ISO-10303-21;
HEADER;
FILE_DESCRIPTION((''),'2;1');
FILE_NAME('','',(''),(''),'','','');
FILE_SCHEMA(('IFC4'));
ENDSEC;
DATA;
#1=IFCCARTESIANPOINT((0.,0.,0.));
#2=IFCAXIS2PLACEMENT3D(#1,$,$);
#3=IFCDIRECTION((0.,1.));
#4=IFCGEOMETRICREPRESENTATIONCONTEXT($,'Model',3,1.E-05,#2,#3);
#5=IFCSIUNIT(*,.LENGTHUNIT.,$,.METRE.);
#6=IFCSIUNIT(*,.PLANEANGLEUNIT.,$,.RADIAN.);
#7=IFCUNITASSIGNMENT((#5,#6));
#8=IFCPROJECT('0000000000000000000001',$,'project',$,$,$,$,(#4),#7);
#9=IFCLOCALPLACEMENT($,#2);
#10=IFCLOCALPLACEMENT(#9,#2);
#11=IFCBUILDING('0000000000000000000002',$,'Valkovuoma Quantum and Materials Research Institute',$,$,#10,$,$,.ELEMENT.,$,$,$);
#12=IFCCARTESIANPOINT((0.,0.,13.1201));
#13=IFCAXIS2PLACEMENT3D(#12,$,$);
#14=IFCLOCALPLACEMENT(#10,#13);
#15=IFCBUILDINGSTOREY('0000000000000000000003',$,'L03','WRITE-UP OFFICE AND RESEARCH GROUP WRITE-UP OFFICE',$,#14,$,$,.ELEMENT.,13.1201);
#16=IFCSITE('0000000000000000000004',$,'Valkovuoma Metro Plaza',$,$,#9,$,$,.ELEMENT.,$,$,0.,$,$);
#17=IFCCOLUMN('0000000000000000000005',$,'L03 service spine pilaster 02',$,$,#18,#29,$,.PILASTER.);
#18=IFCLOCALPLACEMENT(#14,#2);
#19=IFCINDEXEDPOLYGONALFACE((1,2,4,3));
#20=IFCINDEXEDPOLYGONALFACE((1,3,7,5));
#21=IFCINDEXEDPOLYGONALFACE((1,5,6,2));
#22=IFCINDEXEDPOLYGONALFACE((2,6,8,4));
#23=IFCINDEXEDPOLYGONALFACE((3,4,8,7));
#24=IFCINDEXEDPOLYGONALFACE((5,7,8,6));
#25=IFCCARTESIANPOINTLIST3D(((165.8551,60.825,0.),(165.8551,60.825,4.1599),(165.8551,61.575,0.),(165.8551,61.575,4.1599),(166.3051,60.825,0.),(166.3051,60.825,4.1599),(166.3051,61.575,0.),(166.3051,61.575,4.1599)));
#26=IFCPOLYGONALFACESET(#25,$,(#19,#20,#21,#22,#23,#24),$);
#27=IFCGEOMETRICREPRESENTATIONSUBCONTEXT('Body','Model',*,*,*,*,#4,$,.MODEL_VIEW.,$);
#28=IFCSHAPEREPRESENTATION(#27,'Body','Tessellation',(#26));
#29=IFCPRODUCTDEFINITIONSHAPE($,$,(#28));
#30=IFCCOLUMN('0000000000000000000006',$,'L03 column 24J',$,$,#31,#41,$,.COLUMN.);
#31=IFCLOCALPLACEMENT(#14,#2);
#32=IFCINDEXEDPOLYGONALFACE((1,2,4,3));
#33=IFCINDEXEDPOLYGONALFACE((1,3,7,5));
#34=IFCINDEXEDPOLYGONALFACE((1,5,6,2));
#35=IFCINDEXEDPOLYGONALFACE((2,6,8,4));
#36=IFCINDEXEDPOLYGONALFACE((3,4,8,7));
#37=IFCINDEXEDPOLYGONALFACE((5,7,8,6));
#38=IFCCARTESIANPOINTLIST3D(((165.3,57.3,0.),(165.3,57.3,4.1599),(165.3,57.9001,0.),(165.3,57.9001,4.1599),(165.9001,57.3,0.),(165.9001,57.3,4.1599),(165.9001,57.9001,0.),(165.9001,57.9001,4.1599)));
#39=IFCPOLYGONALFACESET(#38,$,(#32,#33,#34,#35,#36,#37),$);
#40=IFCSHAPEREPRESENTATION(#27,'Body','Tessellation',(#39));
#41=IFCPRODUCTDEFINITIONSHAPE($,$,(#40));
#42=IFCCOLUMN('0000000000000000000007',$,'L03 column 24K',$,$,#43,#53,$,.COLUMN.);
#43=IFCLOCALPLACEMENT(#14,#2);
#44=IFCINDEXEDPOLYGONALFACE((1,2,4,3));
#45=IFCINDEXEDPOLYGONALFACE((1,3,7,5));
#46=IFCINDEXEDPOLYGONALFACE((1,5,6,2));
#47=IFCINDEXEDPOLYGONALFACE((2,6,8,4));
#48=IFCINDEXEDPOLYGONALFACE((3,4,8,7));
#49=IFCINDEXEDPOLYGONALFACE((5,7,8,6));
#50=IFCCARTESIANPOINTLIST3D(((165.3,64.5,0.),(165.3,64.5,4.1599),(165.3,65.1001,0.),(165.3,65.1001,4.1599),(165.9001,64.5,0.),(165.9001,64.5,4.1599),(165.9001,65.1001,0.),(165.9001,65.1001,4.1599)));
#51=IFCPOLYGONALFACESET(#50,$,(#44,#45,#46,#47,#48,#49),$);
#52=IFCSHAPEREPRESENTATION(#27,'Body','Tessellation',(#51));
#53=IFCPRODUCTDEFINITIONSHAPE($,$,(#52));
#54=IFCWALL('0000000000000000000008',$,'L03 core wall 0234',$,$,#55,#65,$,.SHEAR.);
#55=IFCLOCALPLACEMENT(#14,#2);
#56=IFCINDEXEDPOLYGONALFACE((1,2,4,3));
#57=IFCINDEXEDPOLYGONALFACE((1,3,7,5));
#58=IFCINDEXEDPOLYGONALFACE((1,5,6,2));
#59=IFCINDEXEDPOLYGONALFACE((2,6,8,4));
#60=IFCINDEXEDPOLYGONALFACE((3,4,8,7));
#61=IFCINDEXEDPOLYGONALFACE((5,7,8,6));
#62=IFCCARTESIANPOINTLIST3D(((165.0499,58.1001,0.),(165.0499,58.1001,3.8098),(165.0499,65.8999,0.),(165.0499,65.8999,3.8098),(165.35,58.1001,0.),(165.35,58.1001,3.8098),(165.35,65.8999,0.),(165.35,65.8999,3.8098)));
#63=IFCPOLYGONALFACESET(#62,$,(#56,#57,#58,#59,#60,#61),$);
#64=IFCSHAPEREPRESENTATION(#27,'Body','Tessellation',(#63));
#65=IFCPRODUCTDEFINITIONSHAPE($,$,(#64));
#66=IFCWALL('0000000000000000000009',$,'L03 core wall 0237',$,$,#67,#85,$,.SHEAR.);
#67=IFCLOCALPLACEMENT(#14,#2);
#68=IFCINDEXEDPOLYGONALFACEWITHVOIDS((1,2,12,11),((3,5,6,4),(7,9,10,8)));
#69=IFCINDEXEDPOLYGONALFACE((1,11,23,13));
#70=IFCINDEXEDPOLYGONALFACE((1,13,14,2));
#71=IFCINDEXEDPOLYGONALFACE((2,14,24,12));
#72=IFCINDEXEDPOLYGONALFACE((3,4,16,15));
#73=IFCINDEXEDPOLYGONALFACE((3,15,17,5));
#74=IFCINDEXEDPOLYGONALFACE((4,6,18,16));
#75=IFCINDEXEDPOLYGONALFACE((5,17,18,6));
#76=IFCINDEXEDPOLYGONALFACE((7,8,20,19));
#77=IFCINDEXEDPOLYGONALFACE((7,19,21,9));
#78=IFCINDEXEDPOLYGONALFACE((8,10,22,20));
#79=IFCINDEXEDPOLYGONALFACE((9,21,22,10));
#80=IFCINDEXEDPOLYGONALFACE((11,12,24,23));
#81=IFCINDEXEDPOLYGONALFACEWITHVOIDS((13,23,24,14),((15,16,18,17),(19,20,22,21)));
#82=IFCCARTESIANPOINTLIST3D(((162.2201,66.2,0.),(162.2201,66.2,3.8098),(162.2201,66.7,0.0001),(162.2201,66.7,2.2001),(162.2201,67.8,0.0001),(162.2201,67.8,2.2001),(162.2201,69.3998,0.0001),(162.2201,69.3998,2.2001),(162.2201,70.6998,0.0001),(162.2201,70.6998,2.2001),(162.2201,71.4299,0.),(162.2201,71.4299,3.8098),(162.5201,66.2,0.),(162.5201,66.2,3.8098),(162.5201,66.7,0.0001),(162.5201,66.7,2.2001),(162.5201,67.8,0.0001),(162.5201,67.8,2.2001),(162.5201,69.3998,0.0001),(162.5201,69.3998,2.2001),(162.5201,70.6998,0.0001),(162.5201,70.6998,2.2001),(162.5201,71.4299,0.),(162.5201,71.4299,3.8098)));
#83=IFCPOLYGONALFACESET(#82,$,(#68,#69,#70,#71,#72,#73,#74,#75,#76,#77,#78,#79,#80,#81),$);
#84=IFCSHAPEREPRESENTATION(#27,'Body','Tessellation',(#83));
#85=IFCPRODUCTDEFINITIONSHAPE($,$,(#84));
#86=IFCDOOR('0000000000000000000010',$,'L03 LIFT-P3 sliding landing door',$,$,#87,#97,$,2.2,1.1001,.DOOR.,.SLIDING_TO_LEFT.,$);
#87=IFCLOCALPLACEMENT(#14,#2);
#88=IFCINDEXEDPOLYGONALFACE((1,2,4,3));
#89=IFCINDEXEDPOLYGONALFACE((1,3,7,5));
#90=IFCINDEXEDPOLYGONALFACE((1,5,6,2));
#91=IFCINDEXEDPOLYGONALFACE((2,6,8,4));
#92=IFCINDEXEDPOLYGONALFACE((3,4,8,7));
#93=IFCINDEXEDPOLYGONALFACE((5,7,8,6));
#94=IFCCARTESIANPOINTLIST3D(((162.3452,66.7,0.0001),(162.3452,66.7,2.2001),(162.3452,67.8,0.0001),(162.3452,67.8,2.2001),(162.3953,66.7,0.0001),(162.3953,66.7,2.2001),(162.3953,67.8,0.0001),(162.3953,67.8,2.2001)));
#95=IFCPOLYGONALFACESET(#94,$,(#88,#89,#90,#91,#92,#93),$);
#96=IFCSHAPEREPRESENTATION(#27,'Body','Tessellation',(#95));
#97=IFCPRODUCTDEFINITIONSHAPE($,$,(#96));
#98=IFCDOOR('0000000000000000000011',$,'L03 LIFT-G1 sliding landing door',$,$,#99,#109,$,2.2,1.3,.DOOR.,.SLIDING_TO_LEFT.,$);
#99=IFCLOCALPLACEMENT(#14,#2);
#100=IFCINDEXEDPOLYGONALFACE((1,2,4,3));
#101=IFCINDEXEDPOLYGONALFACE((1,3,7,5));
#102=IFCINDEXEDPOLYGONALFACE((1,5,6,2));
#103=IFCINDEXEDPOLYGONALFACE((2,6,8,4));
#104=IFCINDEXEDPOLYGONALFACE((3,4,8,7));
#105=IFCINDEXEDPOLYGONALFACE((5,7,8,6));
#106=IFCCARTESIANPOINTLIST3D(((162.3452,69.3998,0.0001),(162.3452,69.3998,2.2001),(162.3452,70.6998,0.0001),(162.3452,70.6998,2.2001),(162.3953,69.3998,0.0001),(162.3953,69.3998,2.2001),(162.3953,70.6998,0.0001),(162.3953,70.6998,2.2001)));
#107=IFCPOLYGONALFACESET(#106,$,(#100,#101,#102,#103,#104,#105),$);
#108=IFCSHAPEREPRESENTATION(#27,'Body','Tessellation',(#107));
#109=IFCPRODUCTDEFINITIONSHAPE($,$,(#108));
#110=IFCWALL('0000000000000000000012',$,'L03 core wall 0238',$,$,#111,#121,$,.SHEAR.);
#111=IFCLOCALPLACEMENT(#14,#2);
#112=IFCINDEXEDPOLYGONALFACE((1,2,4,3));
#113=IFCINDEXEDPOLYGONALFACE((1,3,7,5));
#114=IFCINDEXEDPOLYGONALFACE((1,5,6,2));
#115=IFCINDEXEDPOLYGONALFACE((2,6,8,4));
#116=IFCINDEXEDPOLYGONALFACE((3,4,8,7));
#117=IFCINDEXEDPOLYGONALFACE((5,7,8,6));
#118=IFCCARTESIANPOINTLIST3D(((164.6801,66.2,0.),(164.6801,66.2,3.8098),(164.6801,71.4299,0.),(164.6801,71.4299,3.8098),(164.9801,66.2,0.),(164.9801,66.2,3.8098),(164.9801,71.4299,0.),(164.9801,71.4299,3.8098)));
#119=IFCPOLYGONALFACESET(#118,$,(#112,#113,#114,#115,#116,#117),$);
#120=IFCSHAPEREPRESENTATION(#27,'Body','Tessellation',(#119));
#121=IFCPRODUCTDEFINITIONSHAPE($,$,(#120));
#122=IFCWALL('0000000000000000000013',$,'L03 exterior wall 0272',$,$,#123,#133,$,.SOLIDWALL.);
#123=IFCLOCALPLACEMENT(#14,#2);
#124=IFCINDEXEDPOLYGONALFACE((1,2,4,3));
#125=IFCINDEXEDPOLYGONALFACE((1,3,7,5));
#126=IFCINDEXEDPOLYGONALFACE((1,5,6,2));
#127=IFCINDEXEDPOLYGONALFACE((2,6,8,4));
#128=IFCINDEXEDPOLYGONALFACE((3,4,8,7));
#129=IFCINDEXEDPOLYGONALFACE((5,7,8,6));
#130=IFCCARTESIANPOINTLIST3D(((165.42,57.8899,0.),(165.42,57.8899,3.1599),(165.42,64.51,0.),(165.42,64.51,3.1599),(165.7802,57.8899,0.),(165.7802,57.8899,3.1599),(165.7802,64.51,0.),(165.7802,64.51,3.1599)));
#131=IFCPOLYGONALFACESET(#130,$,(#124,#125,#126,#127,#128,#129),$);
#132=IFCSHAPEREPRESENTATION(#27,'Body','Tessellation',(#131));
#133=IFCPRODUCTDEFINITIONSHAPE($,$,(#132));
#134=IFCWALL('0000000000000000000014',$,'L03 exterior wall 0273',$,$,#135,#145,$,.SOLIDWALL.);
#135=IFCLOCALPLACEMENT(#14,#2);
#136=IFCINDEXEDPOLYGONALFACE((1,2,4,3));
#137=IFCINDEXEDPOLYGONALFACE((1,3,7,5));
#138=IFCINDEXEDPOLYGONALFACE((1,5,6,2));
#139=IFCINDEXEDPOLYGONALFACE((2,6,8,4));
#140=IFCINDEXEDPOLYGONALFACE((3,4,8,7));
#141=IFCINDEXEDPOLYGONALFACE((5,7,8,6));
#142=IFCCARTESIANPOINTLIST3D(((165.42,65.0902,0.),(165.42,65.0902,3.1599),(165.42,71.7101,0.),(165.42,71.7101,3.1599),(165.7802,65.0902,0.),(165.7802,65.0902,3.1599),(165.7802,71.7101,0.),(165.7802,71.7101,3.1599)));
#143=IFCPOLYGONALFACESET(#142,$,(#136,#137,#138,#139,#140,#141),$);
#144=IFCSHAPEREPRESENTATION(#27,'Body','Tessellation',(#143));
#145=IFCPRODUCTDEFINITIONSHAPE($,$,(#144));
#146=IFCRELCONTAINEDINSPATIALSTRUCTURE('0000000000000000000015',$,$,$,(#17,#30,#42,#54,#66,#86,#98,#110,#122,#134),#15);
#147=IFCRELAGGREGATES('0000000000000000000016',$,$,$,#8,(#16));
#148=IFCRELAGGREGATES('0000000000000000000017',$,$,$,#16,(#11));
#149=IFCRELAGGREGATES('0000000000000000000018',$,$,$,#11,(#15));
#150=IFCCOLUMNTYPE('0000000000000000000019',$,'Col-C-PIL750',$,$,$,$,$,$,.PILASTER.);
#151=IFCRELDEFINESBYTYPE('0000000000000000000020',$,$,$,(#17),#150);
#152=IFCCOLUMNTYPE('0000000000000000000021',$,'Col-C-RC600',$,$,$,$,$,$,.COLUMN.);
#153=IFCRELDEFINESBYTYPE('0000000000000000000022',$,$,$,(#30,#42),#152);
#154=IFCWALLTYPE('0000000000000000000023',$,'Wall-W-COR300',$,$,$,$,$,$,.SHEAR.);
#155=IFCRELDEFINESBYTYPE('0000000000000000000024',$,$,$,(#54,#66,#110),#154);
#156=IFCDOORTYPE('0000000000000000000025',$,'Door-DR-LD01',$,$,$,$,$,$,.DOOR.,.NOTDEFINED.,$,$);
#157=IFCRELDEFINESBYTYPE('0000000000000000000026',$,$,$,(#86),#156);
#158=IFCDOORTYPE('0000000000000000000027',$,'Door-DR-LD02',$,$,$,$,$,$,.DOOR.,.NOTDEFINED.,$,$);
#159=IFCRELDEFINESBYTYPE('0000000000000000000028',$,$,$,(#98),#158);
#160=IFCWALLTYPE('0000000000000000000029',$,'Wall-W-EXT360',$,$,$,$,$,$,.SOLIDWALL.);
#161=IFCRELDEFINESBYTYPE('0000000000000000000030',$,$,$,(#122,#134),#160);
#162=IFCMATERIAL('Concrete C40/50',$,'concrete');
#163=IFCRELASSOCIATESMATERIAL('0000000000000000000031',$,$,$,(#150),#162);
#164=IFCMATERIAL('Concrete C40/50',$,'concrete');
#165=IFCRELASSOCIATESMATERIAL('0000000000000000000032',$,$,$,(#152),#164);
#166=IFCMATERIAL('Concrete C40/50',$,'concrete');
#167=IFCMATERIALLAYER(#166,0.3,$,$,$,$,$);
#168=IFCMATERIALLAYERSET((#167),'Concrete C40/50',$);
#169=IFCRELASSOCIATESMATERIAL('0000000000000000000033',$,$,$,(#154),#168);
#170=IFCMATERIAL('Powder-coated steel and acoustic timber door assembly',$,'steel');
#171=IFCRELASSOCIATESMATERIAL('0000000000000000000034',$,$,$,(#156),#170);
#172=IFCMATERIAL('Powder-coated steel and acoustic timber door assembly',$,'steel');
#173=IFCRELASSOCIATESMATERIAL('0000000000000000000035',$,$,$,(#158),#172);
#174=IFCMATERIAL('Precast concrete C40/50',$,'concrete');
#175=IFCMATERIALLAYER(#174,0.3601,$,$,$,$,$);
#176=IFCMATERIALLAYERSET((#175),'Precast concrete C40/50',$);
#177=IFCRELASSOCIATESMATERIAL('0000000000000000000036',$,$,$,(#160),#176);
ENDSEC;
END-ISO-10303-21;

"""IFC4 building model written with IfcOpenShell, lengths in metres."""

from ifc_helpers import new_model, si_unit, direction, frame, frame_2d, origin, origin_2d, place, context, subcontext, project, spatial, rectangle, extrude, material, layer, layer_set, material_profile, profile_set, type_object, element, fill, save


model = new_model("IFC4")

# Units and contexts
model_context = context("Model", 3, precision=1e-05, world=origin(), true_north=direction((0.0, 1.0)))
body_context = subcontext(model_context, "Body", "Model", "MODEL_VIEW")
ifc_project = project(units=[si_unit("LENGTHUNIT", "METRE"), si_unit("PLANEANGLEUNIT", "RADIAN")], contexts=[model_context])

# Site, building, storey
site_placement = place(None, origin())
site = spatial("IfcSite", under=ifc_project, at=site_placement, Name="Valkovuoma Metro Plaza", CompositionType="ELEMENT", RefElevation=0.0)
building_placement = place(site_placement, origin())
building = spatial("IfcBuilding", under=site, at=building_placement, Name="Valkovuoma Quantum and Materials Research Institute", CompositionType="ELEMENT")
storey_placement = place(building_placement, frame((0.0, 0.0, 13.1201)))
storey = spatial("IfcBuildingStorey", under=building, at=storey_placement, Name="L03", Description="WRITE-UP OFFICE AND RESEARCH GROUP WRITE-UP OFFICE", CompositionType="ELEMENT", Elevation=13.1201)

# Columns
ifc_material_1 = material(Name="Concrete C40/50", Category="concrete")
ifc_material_profile_1 = material_profile(ifc_material_1, rectangle(XDim=0.45, YDim=0.75, at=origin_2d()), Name="Concrete C40/50")
ifc_profile_set_1 = profile_set([ifc_material_profile_1], Name="Concrete C40/50")
column_type_1 = type_object("IfcColumnType", Name="Col-C-PIL750", PredefinedType="PILASTER", material=ifc_profile_set_1)
column_placement = place(storey_placement, frame((166.0801, 61.2, 0.0), z_axis=(0.0, 0.0, 1.0), x_axis=(1.0, 0.0, 0.0)))
element("IfcColumn", 1, at=column_placement, inside=storey, type_object=column_type_1, Name="L03 service spine pilaster 02", PredefinedType="PILASTER", context=body_context, shape_type="SweptSolid", body=[
    extrude(rectangle(XDim=0.45, YDim=0.75, at=origin_2d()), origin(), (0.0, 0.0, 1.0), 4.1599),
])
ifc_material_2 = material(Name="Concrete C40/50", Category="concrete")
ifc_material_profile_2 = material_profile(ifc_material_2, rectangle(XDim=0.6001, YDim=0.6001, at=origin_2d()), Name="Concrete C40/50")
ifc_profile_set_2 = profile_set([ifc_material_profile_2], Name="Concrete C40/50")
column_type_2 = type_object("IfcColumnType", Name="Col-C-RC600", PredefinedType="COLUMN", material=ifc_profile_set_2)
for number, where, z_axis, x_axis, name in (
    (2, (165.6001, 57.6001, 0.0), (0.0, 0.0, 1.0), (1.0, 0.0, 0.0), "L03 column 24J"),
    (3, (165.6001, 64.8, 0.0), (0.0, 0.0, 1.0), (1.0, 0.0, 0.0), "L03 column 24K"),
):
    element("IfcColumn", number, at=place(storey_placement, frame(where, z_axis=z_axis, x_axis=x_axis)), inside=storey, type_object=column_type_2, Name=name, PredefinedType="COLUMN", context=body_context, shape_type="SweptSolid", body=[
        extrude(rectangle(XDim=0.6001, YDim=0.6001, at=origin_2d()), origin(), (0.0, 0.0, 1.0), 4.1599),
    ])

# Wall
ifc_material_3 = material(Name="Concrete C40/50", Category="concrete")
ifc_layer_1 = layer(ifc_material_3, 0.3)
ifc_layer_set_1 = layer_set([ifc_layer_1], Name="Concrete C40/50")
wall_type_1 = type_object("IfcWallType", Name="Wall-W-COR300", PredefinedType="SHEAR", material=ifc_layer_set_1)
wall_1_placement = place(storey_placement, frame((165.2, 58.1001, 0.0), z_axis=(0.0, 0.0, 1.0), x_axis=(0.0, 1.0, 0.0)))
element("IfcWall", 4, at=wall_1_placement, inside=storey, type_object=wall_type_1, Name="L03 core wall 0234", PredefinedType="SHEAR", context=body_context, shape_type="SweptSolid", body=[
    extrude(rectangle(XDim=7.7998, YDim=0.3, at=frame_2d((3.8999, 0.0))), origin(), (0.0, 0.0, 1.0), 3.8098),
])

# Wall, openings, doors
wall_2_placement = place(storey_placement, frame((162.3701, 66.2, 0.0), z_axis=(0.0, 0.0, 1.0), x_axis=(0.0, 1.0, 0.0)))
wall_2 = element("IfcWall", 5, at=wall_2_placement, inside=storey, type_object=wall_type_1, Name="L03 core wall 0237", PredefinedType="SHEAR", context=body_context, shape_type="SweptSolid", body=[
    extrude(rectangle(XDim=5.23, YDim=0.3, at=frame_2d((2.615, 0.0))), origin(), (0.0, 0.0, 1.0), 3.8098),
])
opening_1_placement = place(wall_2_placement, frame((0.5, 0.0, 0.0)))
opening_1 = element("IfcOpeningElement", 6, at=opening_1_placement, cuts=wall_2, PredefinedType="OPENING", context=body_context, shape_type="SweptSolid", body=[
    extrude(rectangle(XDim=1.1001, YDim=2.2, at=frame_2d((0.55, 1.1001))), frame((0.0, 0.1602, 0.0), z_axis=(0.0, -1.0, 0.0), x_axis=(1.0, 0.0, 0.0)), (0.0, 0.0, 1.0), 0.3201),
])
opening_2_placement = place(wall_2_placement, frame((3.2, 0.0, 0.0)))
opening_2 = element("IfcOpeningElement", 7, at=opening_2_placement, cuts=wall_2, PredefinedType="OPENING", context=body_context, shape_type="SweptSolid", body=[
    extrude(rectangle(XDim=1.3, YDim=2.2, at=frame_2d((0.6499, 1.1001))), frame((0.0, 0.1602, 0.0), z_axis=(0.0, -1.0, 0.0), x_axis=(1.0, 0.0, 0.0)), (0.0, 0.0, 1.0), 0.3201),
])
ifc_material_4 = material(Name="Powder-coated steel and acoustic timber door assembly", Category="steel")
door_type_1 = type_object("IfcDoorType", Name="Door-DR-LD01", OperationType="NOTDEFINED", PredefinedType="DOOR", material=ifc_material_4)
door_1_placement = place(opening_1_placement, origin())
door_1 = element("IfcDoor", 8, at=door_1_placement, inside=storey, type_object=door_type_1, Name="L03 LIFT-P3 sliding landing door", OperationType="SLIDING_TO_LEFT", OverallHeight=2.2, OverallWidth=1.1001, PredefinedType="DOOR", context=body_context, shape_type="SweptSolid", body=[
    extrude(rectangle(XDim=1.1001, YDim=2.2, at=frame_2d((0.55, 1.1001))), frame((0.0, 0.0249, 0.0), z_axis=(0.0, -1.0, 0.0), x_axis=(1.0, 0.0, 0.0)), (0.0, 0.0, 1.0), 0.05),
])
fill(opening_1, door_1)
ifc_material_5 = material(Name="Powder-coated steel and acoustic timber door assembly", Category="steel")
door_type_2 = type_object("IfcDoorType", Name="Door-DR-LD02", OperationType="NOTDEFINED", PredefinedType="DOOR", material=ifc_material_5)
door_2_placement = place(opening_2_placement, origin())
door_2 = element("IfcDoor", 9, at=door_2_placement, inside=storey, type_object=door_type_2, Name="L03 LIFT-G1 sliding landing door", OperationType="SLIDING_TO_LEFT", OverallHeight=2.2, OverallWidth=1.3, PredefinedType="DOOR", context=body_context, shape_type="SweptSolid", body=[
    extrude(rectangle(XDim=1.3, YDim=2.2, at=frame_2d((0.6499, 1.1001))), frame((0.0, 0.0249, 0.0), z_axis=(0.0, -1.0, 0.0), x_axis=(1.0, 0.0, 0.0)), (0.0, 0.0, 1.0), 0.05),
])
fill(opening_2, door_2)

# Walls
wall_3_placement = place(storey_placement, frame((164.8301, 66.2, 0.0), z_axis=(0.0, 0.0, 1.0), x_axis=(0.0, 1.0, 0.0)))
element("IfcWall", 10, at=wall_3_placement, inside=storey, type_object=wall_type_1, Name="L03 core wall 0238", PredefinedType="SHEAR", context=body_context, shape_type="SweptSolid", body=[
    extrude(rectangle(XDim=5.23, YDim=0.3, at=frame_2d((2.615, 0.0))), origin(), (0.0, 0.0, 1.0), 3.8098),
])
ifc_material_6 = material(Name="Precast concrete C40/50", Category="concrete")
ifc_layer_2 = layer(ifc_material_6, 0.3601)
ifc_layer_set_2 = layer_set([ifc_layer_2], Name="Precast concrete C40/50")
wall_type_2 = type_object("IfcWallType", Name="Wall-W-EXT360", PredefinedType="SOLIDWALL", material=ifc_layer_set_2)
wall_4_placement = place(storey_placement, frame((165.6001, 57.8899, 0.0), z_axis=(0.0, 0.0, 1.0), x_axis=(0.0, 1.0, 0.0)))
element("IfcWall", 11, at=wall_4_placement, inside=storey, type_object=wall_type_2, Name="L03 exterior wall 0272", PredefinedType="SOLIDWALL", context=body_context, shape_type="SweptSolid", body=[
    extrude(rectangle(XDim=6.6201, YDim=0.3601, at=frame_2d((3.3101, 0.0))), origin(), (0.0, 0.0, 1.0), 3.1599),
])
wall_5_placement = place(storey_placement, frame((165.6001, 65.0901, 0.0), z_axis=(0.0, 0.0, 1.0), x_axis=(0.0, 1.0, 0.0)))
element("IfcWall", 12, at=wall_5_placement, inside=storey, type_object=wall_type_2, Name="L03 exterior wall 0273", PredefinedType="SOLIDWALL", context=body_context, shape_type="SweptSolid", body=[
    extrude(rectangle(XDim=6.6199, YDim=0.3601, at=frame_2d((3.3101, 0.0))), origin(), (0.0, 0.0, 1.0), 3.1599),
])

save(model, "model.ifc")
